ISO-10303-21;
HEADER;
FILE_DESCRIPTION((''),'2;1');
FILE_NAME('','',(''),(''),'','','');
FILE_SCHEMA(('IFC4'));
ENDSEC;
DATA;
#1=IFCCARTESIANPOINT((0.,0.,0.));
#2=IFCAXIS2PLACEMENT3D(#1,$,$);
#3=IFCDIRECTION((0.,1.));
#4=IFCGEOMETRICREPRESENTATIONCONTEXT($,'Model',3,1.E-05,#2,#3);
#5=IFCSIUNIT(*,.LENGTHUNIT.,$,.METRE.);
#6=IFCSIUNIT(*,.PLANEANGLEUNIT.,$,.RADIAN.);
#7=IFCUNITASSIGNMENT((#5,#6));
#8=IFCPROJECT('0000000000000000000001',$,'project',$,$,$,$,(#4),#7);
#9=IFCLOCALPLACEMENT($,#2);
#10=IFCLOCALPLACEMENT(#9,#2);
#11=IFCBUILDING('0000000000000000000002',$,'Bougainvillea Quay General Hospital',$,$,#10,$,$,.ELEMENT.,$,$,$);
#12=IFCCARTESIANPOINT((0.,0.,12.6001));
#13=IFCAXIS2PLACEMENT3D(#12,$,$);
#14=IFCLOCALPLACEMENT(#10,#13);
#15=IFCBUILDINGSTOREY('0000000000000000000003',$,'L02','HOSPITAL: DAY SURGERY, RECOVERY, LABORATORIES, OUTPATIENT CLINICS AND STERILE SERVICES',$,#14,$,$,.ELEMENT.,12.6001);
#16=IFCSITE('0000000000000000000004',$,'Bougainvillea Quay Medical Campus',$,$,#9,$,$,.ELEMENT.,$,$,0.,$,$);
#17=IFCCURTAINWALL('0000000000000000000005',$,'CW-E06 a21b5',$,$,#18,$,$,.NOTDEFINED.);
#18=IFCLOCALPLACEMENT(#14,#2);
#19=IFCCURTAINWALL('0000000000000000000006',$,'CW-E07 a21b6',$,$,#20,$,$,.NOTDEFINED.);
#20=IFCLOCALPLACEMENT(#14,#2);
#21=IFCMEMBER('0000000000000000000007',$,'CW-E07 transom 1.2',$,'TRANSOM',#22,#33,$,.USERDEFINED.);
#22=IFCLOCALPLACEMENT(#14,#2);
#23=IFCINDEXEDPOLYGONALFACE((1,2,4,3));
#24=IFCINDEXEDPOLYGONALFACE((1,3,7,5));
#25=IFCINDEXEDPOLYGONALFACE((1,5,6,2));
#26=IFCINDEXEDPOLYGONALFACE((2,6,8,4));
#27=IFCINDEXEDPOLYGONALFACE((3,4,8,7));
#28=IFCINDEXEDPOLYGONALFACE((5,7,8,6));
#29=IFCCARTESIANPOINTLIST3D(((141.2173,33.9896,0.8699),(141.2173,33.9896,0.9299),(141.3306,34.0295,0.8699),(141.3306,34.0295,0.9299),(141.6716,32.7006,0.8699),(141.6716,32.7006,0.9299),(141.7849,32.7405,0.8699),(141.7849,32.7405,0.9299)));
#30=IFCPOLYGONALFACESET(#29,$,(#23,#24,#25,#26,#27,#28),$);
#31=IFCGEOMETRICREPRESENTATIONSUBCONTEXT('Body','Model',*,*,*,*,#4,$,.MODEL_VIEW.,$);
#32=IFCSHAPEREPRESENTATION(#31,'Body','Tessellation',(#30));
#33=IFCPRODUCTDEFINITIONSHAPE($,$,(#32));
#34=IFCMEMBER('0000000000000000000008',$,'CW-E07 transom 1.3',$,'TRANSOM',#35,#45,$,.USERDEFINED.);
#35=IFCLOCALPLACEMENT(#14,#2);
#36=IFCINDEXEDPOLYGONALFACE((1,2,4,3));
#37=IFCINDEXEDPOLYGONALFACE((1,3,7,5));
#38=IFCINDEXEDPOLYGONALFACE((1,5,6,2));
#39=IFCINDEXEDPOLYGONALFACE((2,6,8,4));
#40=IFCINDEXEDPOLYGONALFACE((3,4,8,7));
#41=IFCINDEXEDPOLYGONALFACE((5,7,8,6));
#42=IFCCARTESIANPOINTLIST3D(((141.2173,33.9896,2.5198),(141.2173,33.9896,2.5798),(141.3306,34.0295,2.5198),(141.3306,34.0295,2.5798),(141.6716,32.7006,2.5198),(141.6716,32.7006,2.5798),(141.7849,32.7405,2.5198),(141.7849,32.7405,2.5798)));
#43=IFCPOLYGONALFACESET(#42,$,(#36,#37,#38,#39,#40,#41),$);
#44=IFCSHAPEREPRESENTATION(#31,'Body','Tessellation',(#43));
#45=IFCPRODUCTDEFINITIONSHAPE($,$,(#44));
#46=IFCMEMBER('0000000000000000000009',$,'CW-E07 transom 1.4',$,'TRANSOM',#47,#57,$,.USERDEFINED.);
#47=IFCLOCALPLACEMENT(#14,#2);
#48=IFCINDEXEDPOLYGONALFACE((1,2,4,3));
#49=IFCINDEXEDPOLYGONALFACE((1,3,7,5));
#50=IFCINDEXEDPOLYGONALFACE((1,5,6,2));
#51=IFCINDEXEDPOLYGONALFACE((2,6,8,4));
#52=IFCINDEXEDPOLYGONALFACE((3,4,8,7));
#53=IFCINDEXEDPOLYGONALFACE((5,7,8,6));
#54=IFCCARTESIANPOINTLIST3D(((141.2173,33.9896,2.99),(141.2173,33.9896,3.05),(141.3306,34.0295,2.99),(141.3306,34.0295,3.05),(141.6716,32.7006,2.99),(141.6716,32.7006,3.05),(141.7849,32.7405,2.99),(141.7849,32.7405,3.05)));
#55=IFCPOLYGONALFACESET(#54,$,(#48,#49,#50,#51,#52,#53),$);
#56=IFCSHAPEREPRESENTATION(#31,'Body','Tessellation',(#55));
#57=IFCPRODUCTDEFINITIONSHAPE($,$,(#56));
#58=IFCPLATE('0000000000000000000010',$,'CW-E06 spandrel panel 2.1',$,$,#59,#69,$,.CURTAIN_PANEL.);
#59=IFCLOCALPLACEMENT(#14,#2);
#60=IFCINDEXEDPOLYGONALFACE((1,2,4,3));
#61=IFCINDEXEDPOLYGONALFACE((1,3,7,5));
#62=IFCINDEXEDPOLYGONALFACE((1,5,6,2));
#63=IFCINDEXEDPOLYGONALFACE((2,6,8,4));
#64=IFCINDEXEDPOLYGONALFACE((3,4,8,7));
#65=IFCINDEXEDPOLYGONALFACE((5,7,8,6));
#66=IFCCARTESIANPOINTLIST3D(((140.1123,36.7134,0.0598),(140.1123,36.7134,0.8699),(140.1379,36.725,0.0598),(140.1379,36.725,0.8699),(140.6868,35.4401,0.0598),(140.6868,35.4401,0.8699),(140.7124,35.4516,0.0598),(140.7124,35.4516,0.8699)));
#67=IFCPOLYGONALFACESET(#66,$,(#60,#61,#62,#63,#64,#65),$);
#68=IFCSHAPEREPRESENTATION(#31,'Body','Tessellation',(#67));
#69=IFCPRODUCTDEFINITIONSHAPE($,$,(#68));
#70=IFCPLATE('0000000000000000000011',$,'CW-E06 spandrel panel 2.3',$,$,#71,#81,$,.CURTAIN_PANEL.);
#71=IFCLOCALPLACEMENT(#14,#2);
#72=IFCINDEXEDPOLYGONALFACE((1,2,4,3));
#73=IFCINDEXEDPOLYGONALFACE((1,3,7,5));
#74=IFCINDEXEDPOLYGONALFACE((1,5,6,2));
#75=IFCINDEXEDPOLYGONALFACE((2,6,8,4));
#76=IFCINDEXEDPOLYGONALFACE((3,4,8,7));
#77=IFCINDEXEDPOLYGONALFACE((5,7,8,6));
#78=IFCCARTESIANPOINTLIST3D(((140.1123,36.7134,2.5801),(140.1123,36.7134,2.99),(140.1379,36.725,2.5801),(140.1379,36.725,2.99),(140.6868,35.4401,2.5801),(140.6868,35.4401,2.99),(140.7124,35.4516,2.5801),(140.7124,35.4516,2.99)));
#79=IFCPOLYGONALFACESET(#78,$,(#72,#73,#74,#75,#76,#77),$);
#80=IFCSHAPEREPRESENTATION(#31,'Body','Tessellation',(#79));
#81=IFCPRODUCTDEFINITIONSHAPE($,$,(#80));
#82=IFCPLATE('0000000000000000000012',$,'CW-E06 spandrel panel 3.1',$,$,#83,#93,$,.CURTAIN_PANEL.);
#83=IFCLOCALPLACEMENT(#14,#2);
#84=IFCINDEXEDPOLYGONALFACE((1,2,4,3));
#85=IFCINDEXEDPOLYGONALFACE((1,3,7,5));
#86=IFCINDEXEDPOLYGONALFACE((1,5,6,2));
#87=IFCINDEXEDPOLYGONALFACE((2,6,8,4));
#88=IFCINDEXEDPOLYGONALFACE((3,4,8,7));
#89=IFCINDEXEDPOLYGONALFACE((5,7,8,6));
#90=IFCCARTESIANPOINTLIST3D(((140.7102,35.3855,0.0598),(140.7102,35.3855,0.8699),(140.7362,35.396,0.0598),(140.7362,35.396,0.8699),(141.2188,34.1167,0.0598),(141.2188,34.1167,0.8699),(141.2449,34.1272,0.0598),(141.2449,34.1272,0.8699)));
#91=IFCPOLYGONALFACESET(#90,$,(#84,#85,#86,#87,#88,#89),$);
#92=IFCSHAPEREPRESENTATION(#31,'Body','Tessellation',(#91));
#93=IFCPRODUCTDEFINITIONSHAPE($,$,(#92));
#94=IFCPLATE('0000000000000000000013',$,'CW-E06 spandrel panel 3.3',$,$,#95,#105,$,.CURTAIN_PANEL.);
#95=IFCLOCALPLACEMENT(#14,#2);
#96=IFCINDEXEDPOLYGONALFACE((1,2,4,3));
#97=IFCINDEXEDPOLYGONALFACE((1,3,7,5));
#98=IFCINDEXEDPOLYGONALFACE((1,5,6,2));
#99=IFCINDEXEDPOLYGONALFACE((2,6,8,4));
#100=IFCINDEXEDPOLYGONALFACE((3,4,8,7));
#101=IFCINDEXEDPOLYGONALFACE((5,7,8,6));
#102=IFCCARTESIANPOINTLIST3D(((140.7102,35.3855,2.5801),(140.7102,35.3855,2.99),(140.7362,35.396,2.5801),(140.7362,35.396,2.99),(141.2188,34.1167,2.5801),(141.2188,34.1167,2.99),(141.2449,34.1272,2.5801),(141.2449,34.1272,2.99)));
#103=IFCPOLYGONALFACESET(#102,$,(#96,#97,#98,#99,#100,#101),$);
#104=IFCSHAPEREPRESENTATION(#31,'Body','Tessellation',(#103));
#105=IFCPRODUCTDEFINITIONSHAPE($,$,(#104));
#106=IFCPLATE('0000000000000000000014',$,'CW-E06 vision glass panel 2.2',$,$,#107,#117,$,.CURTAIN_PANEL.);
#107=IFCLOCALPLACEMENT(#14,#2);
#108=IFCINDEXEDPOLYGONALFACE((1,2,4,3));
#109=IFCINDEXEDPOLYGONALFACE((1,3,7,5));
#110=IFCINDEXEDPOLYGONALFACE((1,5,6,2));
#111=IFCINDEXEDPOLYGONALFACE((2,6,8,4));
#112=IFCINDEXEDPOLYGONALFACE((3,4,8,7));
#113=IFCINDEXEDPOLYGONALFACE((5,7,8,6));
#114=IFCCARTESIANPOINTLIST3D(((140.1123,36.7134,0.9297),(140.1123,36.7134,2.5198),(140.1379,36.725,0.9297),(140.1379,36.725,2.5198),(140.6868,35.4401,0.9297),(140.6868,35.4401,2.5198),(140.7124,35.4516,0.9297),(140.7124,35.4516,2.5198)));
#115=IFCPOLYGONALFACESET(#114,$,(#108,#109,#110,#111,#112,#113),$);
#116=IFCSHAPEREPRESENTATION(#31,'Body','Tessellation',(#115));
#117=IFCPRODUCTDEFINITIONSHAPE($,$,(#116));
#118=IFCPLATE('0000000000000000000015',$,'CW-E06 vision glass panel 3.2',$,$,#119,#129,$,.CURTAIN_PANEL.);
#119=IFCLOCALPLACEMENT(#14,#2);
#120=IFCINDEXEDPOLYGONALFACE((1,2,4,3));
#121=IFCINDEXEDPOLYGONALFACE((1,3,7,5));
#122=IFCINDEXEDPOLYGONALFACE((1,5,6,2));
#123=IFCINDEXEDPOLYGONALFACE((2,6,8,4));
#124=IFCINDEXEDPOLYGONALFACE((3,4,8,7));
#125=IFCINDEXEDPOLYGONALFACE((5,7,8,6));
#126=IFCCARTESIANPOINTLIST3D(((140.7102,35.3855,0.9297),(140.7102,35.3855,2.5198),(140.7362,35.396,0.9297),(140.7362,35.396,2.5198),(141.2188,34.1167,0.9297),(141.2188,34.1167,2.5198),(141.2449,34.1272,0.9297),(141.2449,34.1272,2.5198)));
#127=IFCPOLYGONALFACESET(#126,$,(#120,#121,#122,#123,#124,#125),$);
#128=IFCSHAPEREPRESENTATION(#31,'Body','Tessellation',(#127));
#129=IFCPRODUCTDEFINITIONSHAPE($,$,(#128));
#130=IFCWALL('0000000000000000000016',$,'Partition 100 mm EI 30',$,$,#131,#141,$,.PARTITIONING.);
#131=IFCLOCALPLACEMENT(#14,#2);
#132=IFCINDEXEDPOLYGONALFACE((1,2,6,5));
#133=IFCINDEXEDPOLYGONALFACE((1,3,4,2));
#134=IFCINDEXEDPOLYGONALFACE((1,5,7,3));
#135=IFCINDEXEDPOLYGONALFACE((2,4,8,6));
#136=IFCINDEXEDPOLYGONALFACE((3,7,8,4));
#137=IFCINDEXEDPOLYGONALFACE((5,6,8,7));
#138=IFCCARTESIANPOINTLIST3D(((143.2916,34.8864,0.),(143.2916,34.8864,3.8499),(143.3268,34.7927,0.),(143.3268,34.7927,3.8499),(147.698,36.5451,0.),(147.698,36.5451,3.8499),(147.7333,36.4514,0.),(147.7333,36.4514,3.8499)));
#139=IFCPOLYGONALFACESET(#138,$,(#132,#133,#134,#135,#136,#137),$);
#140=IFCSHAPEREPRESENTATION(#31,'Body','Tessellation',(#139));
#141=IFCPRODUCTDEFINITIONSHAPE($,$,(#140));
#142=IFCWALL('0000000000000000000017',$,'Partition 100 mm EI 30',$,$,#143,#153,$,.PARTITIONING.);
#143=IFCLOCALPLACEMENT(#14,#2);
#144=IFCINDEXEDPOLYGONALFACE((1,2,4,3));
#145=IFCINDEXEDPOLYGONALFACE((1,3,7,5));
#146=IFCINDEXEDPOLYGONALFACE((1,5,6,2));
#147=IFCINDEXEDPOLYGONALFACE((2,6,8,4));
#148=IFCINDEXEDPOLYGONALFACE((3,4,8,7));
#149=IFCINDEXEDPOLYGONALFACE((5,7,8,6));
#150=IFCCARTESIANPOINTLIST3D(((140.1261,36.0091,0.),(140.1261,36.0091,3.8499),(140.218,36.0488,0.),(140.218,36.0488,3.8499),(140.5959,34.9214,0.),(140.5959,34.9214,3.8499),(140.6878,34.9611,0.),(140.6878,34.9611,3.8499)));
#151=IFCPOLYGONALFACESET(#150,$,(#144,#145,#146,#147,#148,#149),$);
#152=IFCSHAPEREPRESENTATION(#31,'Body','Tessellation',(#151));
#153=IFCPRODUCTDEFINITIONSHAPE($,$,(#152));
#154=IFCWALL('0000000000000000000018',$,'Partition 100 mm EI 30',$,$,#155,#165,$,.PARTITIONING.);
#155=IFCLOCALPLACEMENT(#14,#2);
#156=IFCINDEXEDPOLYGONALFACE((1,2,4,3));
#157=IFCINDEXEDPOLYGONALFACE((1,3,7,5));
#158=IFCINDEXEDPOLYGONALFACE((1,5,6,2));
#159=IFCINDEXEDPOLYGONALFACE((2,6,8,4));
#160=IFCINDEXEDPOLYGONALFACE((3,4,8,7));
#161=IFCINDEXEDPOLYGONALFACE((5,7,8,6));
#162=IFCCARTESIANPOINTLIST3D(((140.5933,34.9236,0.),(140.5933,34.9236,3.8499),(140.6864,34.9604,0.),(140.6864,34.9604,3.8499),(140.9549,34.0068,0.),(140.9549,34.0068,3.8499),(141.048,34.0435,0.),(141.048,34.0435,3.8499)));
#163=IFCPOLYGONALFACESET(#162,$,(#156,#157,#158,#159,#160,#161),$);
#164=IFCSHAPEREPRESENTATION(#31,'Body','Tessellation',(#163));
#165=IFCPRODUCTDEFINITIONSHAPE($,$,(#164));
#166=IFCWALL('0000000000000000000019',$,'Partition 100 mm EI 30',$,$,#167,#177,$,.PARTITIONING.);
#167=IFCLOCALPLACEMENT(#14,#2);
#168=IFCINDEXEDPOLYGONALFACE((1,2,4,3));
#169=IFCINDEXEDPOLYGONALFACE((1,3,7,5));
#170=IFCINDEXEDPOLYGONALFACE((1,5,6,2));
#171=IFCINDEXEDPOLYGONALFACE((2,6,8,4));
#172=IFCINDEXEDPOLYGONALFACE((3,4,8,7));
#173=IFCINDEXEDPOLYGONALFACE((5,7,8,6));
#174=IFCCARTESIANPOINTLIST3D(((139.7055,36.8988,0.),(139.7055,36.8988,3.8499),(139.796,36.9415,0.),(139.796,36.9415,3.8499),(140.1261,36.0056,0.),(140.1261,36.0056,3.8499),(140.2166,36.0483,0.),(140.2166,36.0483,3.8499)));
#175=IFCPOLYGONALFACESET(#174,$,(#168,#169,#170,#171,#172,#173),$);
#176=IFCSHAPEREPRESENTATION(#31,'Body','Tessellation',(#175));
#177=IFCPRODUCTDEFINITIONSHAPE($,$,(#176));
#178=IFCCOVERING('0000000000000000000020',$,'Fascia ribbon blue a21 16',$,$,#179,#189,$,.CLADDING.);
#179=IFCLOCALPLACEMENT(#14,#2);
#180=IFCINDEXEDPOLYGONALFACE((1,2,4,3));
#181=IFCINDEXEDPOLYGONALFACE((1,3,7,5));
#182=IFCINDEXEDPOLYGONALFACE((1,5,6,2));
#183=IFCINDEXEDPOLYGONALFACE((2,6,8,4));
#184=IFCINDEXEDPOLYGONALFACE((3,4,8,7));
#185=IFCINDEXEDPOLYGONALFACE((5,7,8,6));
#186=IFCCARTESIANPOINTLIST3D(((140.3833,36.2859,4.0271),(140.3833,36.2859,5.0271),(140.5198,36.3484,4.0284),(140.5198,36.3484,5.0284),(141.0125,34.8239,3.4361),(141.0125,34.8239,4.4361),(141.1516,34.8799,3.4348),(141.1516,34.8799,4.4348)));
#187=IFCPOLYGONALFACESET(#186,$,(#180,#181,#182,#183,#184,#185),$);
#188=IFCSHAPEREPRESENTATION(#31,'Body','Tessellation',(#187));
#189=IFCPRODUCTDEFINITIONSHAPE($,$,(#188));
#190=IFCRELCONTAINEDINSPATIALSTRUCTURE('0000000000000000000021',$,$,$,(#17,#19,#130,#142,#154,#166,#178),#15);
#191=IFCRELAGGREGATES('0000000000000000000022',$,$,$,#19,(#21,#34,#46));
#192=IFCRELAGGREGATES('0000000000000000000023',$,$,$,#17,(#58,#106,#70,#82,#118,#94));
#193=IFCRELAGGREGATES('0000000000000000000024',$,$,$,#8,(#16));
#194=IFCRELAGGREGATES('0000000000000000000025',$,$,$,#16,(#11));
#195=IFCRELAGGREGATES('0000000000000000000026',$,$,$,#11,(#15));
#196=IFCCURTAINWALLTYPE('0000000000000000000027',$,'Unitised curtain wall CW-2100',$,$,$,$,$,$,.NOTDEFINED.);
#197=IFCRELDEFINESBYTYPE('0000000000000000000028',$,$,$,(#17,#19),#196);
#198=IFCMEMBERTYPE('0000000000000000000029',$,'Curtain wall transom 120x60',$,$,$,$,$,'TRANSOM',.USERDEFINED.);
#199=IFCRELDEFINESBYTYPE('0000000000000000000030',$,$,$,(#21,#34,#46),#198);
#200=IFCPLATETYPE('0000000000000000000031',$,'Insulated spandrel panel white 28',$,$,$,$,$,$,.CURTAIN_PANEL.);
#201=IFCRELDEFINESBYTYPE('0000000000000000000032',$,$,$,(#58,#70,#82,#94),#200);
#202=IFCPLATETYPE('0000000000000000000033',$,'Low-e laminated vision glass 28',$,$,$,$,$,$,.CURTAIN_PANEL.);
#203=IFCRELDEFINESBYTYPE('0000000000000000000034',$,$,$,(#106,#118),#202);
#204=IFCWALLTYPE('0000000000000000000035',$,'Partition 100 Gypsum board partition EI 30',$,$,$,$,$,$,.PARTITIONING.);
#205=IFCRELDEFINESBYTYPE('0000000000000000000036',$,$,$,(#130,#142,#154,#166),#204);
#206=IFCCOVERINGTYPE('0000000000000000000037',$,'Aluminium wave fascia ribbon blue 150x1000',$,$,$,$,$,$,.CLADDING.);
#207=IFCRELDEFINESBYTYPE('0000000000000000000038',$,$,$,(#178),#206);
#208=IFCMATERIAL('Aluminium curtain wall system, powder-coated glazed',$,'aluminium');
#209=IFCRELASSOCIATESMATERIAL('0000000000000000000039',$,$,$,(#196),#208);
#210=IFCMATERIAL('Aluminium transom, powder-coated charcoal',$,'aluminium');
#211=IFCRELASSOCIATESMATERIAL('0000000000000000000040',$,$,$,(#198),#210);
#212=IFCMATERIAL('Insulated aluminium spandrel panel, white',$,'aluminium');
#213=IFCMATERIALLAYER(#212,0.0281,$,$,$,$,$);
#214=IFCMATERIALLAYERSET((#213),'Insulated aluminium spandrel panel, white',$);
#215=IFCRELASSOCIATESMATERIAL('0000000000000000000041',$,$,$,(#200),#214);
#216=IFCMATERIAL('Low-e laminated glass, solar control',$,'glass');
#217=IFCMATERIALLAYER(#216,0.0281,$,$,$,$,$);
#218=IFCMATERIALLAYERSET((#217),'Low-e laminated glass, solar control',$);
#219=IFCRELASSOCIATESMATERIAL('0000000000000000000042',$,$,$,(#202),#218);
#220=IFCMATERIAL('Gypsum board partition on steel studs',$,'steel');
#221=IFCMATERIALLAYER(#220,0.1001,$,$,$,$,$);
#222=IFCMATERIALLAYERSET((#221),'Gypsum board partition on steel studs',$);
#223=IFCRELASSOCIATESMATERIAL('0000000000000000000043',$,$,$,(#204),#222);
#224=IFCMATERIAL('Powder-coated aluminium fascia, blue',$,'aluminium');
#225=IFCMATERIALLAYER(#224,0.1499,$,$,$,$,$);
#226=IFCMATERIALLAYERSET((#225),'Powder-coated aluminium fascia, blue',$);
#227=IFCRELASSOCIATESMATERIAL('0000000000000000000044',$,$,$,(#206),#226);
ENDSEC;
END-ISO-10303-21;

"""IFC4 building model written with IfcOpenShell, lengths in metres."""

from ifc_helpers import new_model, si_unit, direction, frame, frame_2d, origin, origin_2d, place, context, subcontext, project, spatial, polyline, rectangle, outline, extrude, material, layer, layer_set, material_profile, profile_set, type_object, element, aggregate, save


model = new_model("IFC4")

# Units and contexts
model_context = context("Model", 3, precision=1e-05, world=origin(), true_north=direction((0.0, 1.0)))
body_context = subcontext(model_context, "Body", "Model", "MODEL_VIEW")
ifc_project = project(units=[si_unit("LENGTHUNIT", "METRE"), si_unit("PLANEANGLEUNIT", "RADIAN")], contexts=[model_context])

# Site, building, storey
site_placement = place(None, origin())
site = spatial("IfcSite", under=ifc_project, at=site_placement, Name="Bougainvillea Quay Medical Campus", CompositionType="ELEMENT", RefElevation=0.0)
building_placement = place(site_placement, origin())
building = spatial("IfcBuilding", under=site, at=building_placement, Name="Bougainvillea Quay General Hospital", CompositionType="ELEMENT")
storey_placement = place(building_placement, frame((0.0, 0.0, 12.6001)))
storey = spatial("IfcBuildingStorey", under=building, at=storey_placement, Name="L02", Description="HOSPITAL: DAY SURGERY, RECOVERY, LABORATORIES, OUTPATIENT CLINICS AND STERILE SERVICES", CompositionType="ELEMENT", Elevation=12.6001)

# Curtain wall
ifc_material_1 = material(Name="Aluminium curtain wall system, powder-coated glazed", Category="aluminium")
curtain_wall_type = type_object("IfcCurtainWallType", Name="Unitised curtain wall CW-2100", PredefinedType="NOTDEFINED", material=ifc_material_1)
curtain_wall_1_placement = place(storey_placement, origin())
curtain_wall_1 = element("IfcCurtainWall", 1, at=curtain_wall_1_placement, inside=storey, type_object=curtain_wall_type, Name="CW-E06 a21b5", PredefinedType="NOTDEFINED")

# Curtain wall
curtain_wall_2_placement = place(storey_placement, origin())
curtain_wall_2 = element("IfcCurtainWall", 2, at=curtain_wall_2_placement, inside=storey, type_object=curtain_wall_type, Name="CW-E07 a21b6", PredefinedType="NOTDEFINED")

# Members
ifc_material_2 = material(Name="Aluminium transom, powder-coated charcoal", Category="aluminium")
ifc_material_profile_1 = material_profile(ifc_material_2, rectangle(XDim=0.1201, YDim=0.0601, at=origin_2d()))
ifc_profile_set_1 = profile_set([ifc_material_profile_1], Name="Aluminium transom, powder-coated charcoal")
member_type_1 = type_object("IfcMemberType", Name="Curtain wall transom 120x60", ElementType="TRANSOM", PredefinedType="USERDEFINED", material=ifc_profile_set_1)
member_1_placement = place(storey_placement, frame((141.2739, 34.0095, 0.8999), z_axis=(0.332418, -0.943132, 0.0), x_axis=(0.943132, 0.332418, 0.0)))
member_1 = element("IfcMember", 3, at=member_1_placement, type_object=member_type_1, Name="CW-E07 transom 1.2", ObjectType="TRANSOM", PredefinedType="USERDEFINED", context=body_context, shape_type="SweptSolid", body=[
    extrude(rectangle(XDim=0.1201, YDim=0.0601, at=origin_2d()), origin(), (0.0, 0.0, 1.0), 1.3667),
])
member_2_placement = place(storey_placement, frame((141.2739, 34.0095, 2.5498), z_axis=(0.332418, -0.943132, 0.0), x_axis=(0.943132, 0.332418, 0.0)))
member_2 = element("IfcMember", 4, at=member_2_placement, type_object=member_type_1, Name="CW-E07 transom 1.3", ObjectType="TRANSOM", PredefinedType="USERDEFINED", context=body_context, shape_type="SweptSolid", body=[
    extrude(rectangle(XDim=0.1201, YDim=0.0601, at=origin_2d()), origin(), (0.0, 0.0, 1.0), 1.3667),
])
member_3_placement = place(storey_placement, frame((141.2739, 34.0095, 3.02), z_axis=(0.332418, -0.943132, 0.0), x_axis=(0.943132, 0.332418, 0.0)))
member_3 = element("IfcMember", 5, at=member_3_placement, type_object=member_type_1, Name="CW-E07 transom 1.4", ObjectType="TRANSOM", PredefinedType="USERDEFINED", context=body_context, shape_type="SweptSolid", body=[
    extrude(rectangle(XDim=0.1201, YDim=0.0601, at=origin_2d()), origin(), (0.0, 0.0, 1.0), 1.3667),
])
aggregate(curtain_wall_2, [member_1, member_2, member_3])

# Plates
ifc_material_3 = material(Name="Insulated aluminium spandrel panel, white", Category="aluminium")
ifc_layer_1 = layer(ifc_material_3, 0.0281)
ifc_layer_set_1 = layer_set([ifc_layer_1], Name="Insulated aluminium spandrel panel, white")
plate_type_1 = type_object("IfcPlateType", Name="Insulated spandrel panel white 28", PredefinedType="CURTAIN_PANEL", material=ifc_layer_set_1)
plate_1_placement = place(storey_placement, frame((140.4124, 36.0825, 0.0598), z_axis=(0.0, 0.0, 1.0), x_axis=(0.41126, -0.911518, 0.0)))
plate_1 = element("IfcPlate", 6, at=plate_1_placement, type_object=plate_type_1, Name="CW-E06 spandrel panel 2.1", PredefinedType="CURTAIN_PANEL", context=body_context, shape_type="SweptSolid", body=[
    extrude(rectangle(XDim=1.397, YDim=0.0281, at=origin_2d()), origin(), (0.0, 0.0, 1.0), 0.8101),
])
plate_2_placement = place(storey_placement, frame((140.4124, 36.0825, 2.5801), z_axis=(0.0, 0.0, 1.0), x_axis=(0.41126, -0.911518, 0.0)))
plate_2 = element("IfcPlate", 7, at=plate_2_placement, type_object=plate_type_1, Name="CW-E06 spandrel panel 2.3", PredefinedType="CURTAIN_PANEL", context=body_context, shape_type="SweptSolid", body=[
    extrude(rectangle(XDim=1.397, YDim=0.0281, at=origin_2d()), origin(), (0.0, 0.0, 1.0), 0.4099),
])
plate_3_placement = place(storey_placement, frame((140.9775, 34.7563, 0.0598), z_axis=(0.0, 0.0, 1.0), x_axis=(0.372124, -0.928183, 0.0)))
plate_3 = element("IfcPlate", 8, at=plate_3_placement, type_object=plate_type_1, Name="CW-E06 spandrel panel 3.1", PredefinedType="CURTAIN_PANEL", context=body_context, shape_type="SweptSolid", body=[
    extrude(rectangle(XDim=1.3669, YDim=0.0281, at=origin_2d()), origin(), (0.0, 0.0, 1.0), 0.8101),
])
plate_4_placement = place(storey_placement, frame((140.9775, 34.7563, 2.5801), z_axis=(0.0, 0.0, 1.0), x_axis=(0.372124, -0.928183, 0.0)))
plate_4 = element("IfcPlate", 9, at=plate_4_placement, type_object=plate_type_1, Name="CW-E06 spandrel panel 3.3", PredefinedType="CURTAIN_PANEL", context=body_context, shape_type="SweptSolid", body=[
    extrude(rectangle(XDim=1.3669, YDim=0.0281, at=origin_2d()), origin(), (0.0, 0.0, 1.0), 0.4099),
])
ifc_material_4 = material(Name="Low-e laminated glass, solar control", Category="glass")
ifc_layer_2 = layer(ifc_material_4, 0.0281)
ifc_layer_set_2 = layer_set([ifc_layer_2], Name="Low-e laminated glass, solar control")
plate_type_2 = type_object("IfcPlateType", Name="Low-e laminated vision glass 28", PredefinedType="CURTAIN_PANEL", material=ifc_layer_set_2)
plate_5_placement = place(storey_placement, frame((140.4124, 36.0825, 0.9297), z_axis=(0.0, 0.0, 1.0), x_axis=(0.41126, -0.911518, 0.0)))
plate_5 = element("IfcPlate", 10, at=plate_5_placement, type_object=plate_type_2, Name="CW-E06 vision glass panel 2.2", PredefinedType="CURTAIN_PANEL", context=body_context, shape_type="SweptSolid", body=[
    extrude(rectangle(XDim=1.397, YDim=0.0281, at=origin_2d()), origin(), (0.0, 0.0, 1.0), 1.5901),
])
plate_6_placement = place(storey_placement, frame((140.9775, 34.7563, 0.9297), z_axis=(0.0, 0.0, 1.0), x_axis=(0.372124, -0.928183, 0.0)))
plate_6 = element("IfcPlate", 11, at=plate_6_placement, type_object=plate_type_2, Name="CW-E06 vision glass panel 3.2", PredefinedType="CURTAIN_PANEL", context=body_context, shape_type="SweptSolid", body=[
    extrude(rectangle(XDim=1.3669, YDim=0.0281, at=origin_2d()), origin(), (0.0, 0.0, 1.0), 1.5901),
])
aggregate(curtain_wall_1, [plate_1, plate_5, plate_2, plate_3, plate_6, plate_4])

# Walls
ifc_material_5 = material(Name="Gypsum board partition on steel studs", Category="steel")
ifc_layer_3 = layer(ifc_material_5, 0.1001)
ifc_layer_set_3 = layer_set([ifc_layer_3], Name="Gypsum board partition on steel studs")
wall_type = type_object("IfcWallType", Name="Partition 100 Gypsum board partition EI 30", PredefinedType="PARTITIONING", material=ifc_layer_set_3)
wall_1_placement = place(storey_placement, frame((143.3093, 34.8396, 0.0), z_axis=(0.0, 0.0, 1.0), x_axis=(0.935892, 0.352288, 0.0)))
element("IfcWall", 12, at=wall_1_placement, inside=storey, type_object=wall_type, Name="Partition 100 mm EI 30", PredefinedType="PARTITIONING", context=body_context, shape_type="SweptSolid", body=[
    extrude(rectangle(XDim=4.7083, YDim=0.1001, at=frame_2d((2.354, 0.0))), origin(), (0.0, 0.0, 1.0), 3.8499),
])
wall_2_placement = place(storey_placement, frame((140.1721, 36.0288, 0.0), z_axis=(0.0, 0.0, 1.0), x_axis=(0.396479, -0.918044, 0.0)))
element("IfcWall", 13, at=wall_2_placement, inside=storey, type_object=wall_type, Name="Partition 100 mm EI 30", PredefinedType="PARTITIONING", context=body_context, shape_type="SweptSolid", body=[
    extrude(rectangle(XDim=1.1848, YDim=0.1001, at=frame_2d((0.5923, 0.0))), origin(), (0.0, 0.0, 1.0), 3.8499),
])
wall_3_placement = place(storey_placement, frame((140.6399, 34.9419, 0.0), z_axis=(0.0, 0.0, 1.0), x_axis=(0.366901, -0.93026, 0.0)))
element("IfcWall", 14, at=wall_3_placement, inside=storey, type_object=wall_type, Name="Partition 100 mm EI 30", PredefinedType="PARTITIONING", context=body_context, shape_type="SweptSolid", body=[
    extrude(rectangle(XDim=0.9856, YDim=0.1001, at=frame_2d((0.4927, 0.0))), origin(), (0.0, 0.0, 1.0), 3.8499),
])
wall_4_placement = place(storey_placement, frame((139.7507, 36.9202, 0.0), z_axis=(0.0, 0.0, 1.0), x_axis=(0.426023, -0.904712, 0.0)))
element("IfcWall", 15, at=wall_4_placement, inside=storey, type_object=wall_type, Name="Partition 100 mm EI 30", PredefinedType="PARTITIONING", context=body_context, shape_type="SweptSolid", body=[
    extrude(rectangle(XDim=0.9873, YDim=0.1001, at=frame_2d((0.4937, 0.0))), origin(), (0.0, 0.0, 1.0), 3.8499),
])

# Covering
ifc_material_6 = material(Name="Powder-coated aluminium fascia, blue", Category="aluminium")
ifc_layer_4 = layer(ifc_material_6, 0.1499)
ifc_layer_set_4 = layer_set([ifc_layer_4], Name="Powder-coated aluminium fascia, blue")
covering_type = type_object("IfcCoveringType", Name="Aluminium wave fascia ribbon blue 150x1000", PredefinedType="CLADDING", material=ifc_layer_set_4)
covering_1_placement = place(storey_placement, frame((140.3833, 36.2859, 4.0271), z_axis=(0.137394, -0.31983, 0.93746), x_axis=(0.370585, -0.861103, -0.348092)))
element("IfcCovering", 16, at=covering_1_placement, inside=storey, type_object=covering_type, Name="Fascia ribbon blue a21 16", PredefinedType="CLADDING", context=body_context, shape_type="SweptSolid", body=[
    extrude(outline(polyline([(0.0, 0.0), (1.6978, 0.0), (1.7016, 0.1499), (-0.0037, 0.1501), (0.0, 0.0)])), origin(), (-0.348092, 0.000214, 0.93746), 1.0),
])

save(model, "model.ifc")
